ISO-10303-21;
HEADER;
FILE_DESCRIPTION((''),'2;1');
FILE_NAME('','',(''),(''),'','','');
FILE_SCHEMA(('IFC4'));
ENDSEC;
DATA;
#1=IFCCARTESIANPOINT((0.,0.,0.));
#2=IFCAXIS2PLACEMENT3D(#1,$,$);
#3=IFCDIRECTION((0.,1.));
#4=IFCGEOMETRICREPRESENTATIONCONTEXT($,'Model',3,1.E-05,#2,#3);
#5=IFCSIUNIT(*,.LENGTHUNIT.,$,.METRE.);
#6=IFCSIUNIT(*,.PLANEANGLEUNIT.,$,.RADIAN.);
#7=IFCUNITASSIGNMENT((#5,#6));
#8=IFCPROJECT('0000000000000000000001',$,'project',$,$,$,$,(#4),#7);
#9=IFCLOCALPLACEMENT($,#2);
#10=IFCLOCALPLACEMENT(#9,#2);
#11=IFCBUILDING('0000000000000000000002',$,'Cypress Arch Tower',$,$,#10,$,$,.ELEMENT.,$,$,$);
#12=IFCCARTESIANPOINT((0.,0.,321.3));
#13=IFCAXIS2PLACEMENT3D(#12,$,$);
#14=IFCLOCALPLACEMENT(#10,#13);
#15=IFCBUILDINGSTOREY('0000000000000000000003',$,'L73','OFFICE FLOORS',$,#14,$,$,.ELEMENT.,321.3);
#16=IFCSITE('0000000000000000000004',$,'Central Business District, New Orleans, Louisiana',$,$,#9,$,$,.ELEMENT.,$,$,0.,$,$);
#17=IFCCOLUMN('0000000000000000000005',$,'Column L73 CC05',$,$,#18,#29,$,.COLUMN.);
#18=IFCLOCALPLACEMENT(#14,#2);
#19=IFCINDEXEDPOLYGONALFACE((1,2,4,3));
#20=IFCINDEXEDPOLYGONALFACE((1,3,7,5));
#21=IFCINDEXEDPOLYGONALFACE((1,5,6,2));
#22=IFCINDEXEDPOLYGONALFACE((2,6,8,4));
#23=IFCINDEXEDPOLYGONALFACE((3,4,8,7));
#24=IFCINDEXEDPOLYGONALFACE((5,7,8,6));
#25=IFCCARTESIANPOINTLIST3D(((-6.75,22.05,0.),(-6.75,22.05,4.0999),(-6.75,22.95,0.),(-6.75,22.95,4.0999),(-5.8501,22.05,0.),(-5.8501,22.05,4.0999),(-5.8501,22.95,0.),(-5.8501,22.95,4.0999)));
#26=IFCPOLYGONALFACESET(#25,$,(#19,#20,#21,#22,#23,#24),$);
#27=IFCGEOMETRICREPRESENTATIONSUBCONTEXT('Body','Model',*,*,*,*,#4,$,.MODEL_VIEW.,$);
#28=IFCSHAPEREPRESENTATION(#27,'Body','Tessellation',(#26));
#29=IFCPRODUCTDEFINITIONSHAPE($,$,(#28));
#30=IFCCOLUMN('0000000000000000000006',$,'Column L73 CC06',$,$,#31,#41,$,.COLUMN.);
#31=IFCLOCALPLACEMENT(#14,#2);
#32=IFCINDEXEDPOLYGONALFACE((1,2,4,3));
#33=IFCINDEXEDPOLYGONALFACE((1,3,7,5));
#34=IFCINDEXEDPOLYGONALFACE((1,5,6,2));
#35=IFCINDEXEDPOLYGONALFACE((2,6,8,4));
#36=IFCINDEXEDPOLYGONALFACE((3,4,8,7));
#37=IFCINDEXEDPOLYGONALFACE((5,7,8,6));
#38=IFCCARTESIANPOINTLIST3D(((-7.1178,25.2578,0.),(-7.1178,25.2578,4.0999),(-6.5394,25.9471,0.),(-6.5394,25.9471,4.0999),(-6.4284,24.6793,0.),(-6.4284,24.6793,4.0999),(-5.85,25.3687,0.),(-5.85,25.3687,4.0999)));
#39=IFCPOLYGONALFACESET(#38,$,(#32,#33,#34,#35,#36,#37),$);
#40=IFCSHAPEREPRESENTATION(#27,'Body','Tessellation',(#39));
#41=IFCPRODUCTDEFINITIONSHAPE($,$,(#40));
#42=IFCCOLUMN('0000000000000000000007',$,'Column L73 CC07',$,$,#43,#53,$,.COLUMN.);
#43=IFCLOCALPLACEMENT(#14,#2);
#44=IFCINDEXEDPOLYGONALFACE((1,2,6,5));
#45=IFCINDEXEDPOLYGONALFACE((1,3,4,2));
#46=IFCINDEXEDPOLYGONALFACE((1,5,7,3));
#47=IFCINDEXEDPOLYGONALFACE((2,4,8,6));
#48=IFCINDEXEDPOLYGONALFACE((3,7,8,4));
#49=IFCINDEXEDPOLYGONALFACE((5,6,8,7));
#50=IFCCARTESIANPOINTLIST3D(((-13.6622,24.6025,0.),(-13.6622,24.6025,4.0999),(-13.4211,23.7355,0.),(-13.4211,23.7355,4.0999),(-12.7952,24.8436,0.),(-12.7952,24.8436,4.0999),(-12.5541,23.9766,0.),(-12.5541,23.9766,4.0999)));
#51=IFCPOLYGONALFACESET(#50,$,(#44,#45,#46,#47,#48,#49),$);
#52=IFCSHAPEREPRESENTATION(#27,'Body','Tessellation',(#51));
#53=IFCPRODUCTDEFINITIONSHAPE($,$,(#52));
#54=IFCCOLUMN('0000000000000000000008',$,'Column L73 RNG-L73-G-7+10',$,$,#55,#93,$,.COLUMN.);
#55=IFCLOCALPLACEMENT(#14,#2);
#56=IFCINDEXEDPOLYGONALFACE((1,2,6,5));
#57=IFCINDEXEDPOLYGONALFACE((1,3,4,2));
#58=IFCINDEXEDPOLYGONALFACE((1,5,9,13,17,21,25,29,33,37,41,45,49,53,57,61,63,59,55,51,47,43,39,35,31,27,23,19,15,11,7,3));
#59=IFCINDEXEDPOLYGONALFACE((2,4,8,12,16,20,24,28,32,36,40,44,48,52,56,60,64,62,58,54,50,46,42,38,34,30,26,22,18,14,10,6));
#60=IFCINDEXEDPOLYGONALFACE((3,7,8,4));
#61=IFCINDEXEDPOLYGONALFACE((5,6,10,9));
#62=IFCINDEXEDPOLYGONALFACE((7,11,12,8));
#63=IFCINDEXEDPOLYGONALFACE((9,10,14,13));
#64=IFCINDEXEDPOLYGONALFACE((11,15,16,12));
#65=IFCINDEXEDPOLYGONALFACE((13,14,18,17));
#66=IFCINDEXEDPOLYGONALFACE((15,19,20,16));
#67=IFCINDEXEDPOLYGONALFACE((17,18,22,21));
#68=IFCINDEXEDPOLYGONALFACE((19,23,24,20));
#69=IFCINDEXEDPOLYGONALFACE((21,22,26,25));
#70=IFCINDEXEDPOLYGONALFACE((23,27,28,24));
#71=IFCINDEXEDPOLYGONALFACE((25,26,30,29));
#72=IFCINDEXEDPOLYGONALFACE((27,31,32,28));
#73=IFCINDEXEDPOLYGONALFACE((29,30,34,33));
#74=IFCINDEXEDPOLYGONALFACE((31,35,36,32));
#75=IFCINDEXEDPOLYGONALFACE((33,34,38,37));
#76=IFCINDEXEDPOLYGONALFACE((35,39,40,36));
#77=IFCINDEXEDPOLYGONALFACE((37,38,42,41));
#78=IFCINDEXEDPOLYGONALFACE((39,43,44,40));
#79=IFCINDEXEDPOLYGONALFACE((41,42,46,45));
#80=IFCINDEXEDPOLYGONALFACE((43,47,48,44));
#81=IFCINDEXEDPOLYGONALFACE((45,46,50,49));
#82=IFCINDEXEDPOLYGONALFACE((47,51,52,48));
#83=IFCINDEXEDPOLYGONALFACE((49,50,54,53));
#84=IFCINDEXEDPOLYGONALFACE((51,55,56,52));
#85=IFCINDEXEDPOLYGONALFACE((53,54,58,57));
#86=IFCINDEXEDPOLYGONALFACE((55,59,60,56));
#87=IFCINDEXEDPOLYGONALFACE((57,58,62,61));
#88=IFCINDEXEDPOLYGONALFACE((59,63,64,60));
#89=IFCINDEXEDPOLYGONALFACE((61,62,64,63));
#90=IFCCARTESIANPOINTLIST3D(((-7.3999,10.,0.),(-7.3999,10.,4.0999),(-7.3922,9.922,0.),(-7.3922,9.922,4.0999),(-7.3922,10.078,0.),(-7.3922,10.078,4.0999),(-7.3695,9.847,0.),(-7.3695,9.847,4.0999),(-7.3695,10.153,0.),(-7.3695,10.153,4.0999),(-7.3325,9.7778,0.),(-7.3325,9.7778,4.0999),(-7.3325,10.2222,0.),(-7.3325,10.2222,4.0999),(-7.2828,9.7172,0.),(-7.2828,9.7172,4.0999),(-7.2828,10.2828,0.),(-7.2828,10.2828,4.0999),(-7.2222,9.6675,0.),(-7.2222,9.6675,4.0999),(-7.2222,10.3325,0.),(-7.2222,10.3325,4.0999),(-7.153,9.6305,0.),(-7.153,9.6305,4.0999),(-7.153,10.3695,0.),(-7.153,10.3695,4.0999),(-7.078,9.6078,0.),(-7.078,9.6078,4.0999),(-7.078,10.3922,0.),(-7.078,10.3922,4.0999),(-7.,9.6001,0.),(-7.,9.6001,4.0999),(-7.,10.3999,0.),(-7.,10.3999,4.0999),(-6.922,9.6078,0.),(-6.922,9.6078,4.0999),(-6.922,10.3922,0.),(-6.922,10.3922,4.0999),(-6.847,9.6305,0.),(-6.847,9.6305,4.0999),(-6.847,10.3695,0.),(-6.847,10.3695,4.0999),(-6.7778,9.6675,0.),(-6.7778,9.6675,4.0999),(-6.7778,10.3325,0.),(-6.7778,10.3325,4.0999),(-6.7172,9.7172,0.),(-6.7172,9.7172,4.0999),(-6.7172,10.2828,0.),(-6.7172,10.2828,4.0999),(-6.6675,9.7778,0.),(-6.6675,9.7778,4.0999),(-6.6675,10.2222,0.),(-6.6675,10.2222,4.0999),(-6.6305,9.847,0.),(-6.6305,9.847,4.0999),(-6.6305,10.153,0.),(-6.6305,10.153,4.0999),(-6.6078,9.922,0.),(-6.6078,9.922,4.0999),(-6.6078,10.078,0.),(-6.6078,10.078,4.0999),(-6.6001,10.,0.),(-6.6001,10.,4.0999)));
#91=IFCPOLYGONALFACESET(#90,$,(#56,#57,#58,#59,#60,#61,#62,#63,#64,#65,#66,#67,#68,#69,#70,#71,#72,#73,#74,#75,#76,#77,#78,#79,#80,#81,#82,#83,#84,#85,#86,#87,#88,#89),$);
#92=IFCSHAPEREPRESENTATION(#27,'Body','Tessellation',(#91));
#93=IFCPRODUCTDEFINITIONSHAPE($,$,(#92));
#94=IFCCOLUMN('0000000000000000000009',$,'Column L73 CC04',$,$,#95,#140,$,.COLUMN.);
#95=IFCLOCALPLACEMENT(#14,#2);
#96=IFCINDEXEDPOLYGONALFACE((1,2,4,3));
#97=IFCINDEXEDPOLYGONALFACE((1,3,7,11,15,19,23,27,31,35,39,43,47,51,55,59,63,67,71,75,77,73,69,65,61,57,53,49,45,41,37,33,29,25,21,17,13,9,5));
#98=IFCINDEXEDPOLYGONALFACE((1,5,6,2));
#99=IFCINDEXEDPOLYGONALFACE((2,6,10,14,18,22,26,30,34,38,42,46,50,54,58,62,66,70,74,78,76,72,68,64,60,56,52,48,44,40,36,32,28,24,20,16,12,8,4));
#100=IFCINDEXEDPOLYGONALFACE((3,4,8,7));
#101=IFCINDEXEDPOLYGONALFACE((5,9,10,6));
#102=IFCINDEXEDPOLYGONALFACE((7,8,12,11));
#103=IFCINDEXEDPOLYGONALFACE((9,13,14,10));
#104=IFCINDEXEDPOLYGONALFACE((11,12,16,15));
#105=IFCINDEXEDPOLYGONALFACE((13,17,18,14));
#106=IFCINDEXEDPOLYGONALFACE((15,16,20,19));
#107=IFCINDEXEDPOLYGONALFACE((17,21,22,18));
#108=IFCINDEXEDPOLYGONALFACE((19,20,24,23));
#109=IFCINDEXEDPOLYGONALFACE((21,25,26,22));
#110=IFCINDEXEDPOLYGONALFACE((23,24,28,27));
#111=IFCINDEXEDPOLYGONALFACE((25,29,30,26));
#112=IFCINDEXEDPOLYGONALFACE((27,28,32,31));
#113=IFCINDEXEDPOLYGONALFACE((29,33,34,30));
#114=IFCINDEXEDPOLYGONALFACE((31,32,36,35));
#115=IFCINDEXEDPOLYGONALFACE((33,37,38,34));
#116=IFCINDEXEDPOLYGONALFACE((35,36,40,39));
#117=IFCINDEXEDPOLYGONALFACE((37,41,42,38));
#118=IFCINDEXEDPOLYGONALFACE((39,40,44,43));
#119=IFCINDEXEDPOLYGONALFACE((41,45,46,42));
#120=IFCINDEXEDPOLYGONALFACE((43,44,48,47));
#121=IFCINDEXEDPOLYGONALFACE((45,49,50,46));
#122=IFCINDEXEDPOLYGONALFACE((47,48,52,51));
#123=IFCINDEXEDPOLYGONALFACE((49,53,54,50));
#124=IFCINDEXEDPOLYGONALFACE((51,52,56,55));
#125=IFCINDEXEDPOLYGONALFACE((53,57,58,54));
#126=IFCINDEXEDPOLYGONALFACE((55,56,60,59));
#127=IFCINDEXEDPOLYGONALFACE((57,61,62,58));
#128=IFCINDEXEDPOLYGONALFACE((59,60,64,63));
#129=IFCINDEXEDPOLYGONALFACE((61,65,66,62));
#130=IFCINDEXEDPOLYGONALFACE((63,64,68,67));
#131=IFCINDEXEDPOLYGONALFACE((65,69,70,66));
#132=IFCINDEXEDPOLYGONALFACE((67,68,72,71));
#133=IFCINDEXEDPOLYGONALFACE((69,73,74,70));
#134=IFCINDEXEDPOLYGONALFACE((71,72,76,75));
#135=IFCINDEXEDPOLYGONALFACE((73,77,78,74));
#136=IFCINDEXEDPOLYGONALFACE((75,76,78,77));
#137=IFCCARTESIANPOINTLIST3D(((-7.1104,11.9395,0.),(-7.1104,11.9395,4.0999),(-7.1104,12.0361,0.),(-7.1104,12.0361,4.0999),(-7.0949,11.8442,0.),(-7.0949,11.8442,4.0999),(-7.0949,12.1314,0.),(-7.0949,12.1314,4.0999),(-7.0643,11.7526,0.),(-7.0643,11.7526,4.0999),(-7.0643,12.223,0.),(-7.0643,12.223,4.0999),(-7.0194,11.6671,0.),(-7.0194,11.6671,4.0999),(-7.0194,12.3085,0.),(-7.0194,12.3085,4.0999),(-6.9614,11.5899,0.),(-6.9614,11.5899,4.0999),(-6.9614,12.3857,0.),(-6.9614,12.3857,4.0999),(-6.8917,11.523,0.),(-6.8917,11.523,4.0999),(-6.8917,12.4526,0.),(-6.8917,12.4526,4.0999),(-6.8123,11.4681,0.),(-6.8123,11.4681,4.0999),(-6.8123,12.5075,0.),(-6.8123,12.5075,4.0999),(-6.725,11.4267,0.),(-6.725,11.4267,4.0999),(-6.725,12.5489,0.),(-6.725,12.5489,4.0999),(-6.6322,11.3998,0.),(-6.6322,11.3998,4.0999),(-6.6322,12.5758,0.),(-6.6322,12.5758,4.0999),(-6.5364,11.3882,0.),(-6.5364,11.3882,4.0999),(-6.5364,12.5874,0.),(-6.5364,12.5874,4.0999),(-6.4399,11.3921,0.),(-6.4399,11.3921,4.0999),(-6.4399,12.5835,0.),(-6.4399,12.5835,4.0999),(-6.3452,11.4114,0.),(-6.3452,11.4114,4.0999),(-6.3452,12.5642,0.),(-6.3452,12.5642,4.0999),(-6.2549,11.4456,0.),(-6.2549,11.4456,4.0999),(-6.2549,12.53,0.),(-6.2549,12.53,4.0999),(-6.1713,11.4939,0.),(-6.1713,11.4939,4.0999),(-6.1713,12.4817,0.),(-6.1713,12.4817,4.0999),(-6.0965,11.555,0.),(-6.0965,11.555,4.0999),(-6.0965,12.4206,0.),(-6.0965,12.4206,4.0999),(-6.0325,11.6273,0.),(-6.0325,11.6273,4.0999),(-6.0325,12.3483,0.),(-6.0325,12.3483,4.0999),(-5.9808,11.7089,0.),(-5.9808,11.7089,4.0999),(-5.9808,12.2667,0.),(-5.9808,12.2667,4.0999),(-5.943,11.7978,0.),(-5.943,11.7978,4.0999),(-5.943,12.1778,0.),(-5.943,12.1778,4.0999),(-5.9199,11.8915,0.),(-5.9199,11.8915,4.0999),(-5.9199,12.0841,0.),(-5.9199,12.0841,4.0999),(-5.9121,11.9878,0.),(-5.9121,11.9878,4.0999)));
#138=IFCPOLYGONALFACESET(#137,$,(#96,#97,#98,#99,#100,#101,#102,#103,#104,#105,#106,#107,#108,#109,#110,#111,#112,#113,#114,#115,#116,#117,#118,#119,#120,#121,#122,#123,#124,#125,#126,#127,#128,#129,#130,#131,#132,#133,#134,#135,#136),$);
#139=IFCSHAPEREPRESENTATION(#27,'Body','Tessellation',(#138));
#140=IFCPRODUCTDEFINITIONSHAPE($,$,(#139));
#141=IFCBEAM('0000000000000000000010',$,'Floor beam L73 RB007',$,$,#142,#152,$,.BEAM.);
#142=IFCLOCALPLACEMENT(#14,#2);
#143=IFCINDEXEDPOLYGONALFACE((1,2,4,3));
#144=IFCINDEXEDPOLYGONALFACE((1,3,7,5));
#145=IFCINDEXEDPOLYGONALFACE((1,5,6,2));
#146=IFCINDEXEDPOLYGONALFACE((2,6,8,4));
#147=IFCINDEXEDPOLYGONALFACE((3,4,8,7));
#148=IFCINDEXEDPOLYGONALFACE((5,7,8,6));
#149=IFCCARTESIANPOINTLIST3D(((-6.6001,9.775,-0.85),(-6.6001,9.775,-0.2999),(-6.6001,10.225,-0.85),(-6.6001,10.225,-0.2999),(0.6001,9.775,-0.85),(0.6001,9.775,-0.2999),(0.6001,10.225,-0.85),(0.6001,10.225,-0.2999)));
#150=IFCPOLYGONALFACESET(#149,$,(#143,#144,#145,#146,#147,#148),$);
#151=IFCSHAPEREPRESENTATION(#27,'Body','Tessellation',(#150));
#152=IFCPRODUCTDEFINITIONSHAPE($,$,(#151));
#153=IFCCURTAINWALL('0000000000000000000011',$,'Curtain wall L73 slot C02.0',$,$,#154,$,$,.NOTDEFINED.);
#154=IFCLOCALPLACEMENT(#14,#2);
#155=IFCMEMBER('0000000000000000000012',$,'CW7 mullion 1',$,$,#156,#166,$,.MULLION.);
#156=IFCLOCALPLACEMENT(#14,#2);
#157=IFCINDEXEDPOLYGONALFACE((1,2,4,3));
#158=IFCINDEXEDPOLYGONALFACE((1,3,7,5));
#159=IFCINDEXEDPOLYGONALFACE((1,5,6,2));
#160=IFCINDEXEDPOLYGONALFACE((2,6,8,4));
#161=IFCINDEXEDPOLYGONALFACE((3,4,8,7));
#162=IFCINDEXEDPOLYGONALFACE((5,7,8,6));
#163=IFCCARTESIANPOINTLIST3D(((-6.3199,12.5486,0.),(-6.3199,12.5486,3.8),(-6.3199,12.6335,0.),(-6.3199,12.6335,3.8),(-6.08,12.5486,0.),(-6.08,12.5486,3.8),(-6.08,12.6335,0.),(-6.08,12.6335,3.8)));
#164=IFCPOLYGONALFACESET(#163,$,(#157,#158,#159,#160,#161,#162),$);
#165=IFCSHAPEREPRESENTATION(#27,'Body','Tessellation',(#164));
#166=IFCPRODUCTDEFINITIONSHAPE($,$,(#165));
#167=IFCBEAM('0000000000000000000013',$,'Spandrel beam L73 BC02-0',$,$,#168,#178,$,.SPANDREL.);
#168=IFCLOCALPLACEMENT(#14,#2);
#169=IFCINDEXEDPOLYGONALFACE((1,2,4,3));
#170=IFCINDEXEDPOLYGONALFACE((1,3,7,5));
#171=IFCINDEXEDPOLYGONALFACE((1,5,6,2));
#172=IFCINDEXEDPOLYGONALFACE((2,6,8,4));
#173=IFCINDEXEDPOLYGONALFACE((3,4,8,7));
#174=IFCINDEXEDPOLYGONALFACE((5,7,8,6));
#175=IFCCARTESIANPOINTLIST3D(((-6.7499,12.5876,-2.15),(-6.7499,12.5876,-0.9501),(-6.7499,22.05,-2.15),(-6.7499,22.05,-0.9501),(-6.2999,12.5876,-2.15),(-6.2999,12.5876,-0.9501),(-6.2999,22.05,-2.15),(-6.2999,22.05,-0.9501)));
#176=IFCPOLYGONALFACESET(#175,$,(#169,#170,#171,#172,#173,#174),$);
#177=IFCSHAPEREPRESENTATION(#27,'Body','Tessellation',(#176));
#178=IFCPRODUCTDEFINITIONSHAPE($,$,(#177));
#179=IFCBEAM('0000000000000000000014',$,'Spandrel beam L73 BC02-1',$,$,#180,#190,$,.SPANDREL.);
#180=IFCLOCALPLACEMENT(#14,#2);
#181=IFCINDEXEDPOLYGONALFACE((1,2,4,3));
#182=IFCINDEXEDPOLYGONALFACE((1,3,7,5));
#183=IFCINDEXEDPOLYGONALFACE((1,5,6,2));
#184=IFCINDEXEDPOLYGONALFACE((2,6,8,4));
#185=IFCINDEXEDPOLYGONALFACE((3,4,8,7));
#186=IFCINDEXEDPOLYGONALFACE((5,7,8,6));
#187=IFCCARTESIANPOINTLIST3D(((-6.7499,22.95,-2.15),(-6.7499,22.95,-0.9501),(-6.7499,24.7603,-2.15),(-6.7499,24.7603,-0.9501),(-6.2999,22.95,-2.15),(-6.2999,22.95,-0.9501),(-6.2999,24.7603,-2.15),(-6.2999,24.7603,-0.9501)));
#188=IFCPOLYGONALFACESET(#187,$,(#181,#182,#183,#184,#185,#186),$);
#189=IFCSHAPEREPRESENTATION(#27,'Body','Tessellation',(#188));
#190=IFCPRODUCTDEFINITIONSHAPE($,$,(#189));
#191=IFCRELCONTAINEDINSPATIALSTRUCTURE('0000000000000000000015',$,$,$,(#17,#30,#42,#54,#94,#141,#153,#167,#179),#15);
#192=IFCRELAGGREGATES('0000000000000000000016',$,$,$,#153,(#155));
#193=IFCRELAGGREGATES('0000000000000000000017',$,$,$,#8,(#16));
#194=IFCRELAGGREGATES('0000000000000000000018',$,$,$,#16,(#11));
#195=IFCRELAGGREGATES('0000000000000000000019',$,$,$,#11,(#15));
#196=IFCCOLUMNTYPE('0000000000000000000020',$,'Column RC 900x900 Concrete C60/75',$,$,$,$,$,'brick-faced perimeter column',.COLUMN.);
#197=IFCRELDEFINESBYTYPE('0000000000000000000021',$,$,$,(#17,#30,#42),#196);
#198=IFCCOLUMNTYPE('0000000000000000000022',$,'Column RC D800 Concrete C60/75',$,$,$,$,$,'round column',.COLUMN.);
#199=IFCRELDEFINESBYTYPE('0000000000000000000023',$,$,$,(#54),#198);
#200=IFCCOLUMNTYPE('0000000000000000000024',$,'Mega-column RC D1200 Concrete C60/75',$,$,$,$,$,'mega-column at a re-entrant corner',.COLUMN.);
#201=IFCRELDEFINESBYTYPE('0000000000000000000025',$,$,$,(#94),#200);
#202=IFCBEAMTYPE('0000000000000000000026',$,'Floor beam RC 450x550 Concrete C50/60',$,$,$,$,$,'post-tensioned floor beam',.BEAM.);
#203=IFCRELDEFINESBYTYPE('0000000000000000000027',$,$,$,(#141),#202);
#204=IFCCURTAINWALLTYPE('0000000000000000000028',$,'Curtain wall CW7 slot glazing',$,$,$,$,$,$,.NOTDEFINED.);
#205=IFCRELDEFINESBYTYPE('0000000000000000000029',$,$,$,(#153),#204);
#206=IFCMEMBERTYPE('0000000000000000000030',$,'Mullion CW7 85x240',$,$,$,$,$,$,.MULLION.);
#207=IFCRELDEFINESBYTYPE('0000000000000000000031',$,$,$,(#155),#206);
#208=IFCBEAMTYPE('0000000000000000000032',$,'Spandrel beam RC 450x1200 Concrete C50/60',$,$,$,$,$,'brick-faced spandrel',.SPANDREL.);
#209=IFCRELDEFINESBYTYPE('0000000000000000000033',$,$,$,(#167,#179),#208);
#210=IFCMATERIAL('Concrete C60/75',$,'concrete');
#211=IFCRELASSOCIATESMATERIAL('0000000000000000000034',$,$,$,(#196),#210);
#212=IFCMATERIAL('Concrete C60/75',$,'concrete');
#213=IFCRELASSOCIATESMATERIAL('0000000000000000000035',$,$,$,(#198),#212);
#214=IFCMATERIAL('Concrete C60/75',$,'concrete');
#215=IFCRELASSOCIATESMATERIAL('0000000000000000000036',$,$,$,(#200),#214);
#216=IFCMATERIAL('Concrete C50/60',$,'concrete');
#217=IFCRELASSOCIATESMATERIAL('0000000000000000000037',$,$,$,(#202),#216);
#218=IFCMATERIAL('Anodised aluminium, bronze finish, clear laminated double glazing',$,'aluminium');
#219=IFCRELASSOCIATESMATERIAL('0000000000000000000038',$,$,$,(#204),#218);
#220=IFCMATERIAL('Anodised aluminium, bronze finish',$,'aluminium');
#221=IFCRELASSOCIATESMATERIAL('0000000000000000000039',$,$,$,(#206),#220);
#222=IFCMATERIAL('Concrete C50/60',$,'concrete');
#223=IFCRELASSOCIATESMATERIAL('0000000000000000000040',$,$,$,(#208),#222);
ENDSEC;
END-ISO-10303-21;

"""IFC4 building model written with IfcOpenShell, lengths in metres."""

from ifc_helpers import new_model, si_unit, direction, frame, origin, origin_2d, place, context, subcontext, project, spatial, rectangle, circle, extrude, material, material_profile, profile_set, type_object, element, aggregate, save


model = new_model("IFC4")

# Units and contexts
model_context = context("Model", 3, precision=1e-05, world=origin(), true_north=direction((0.0, 1.0)))
body_context = subcontext(model_context, "Body", "Model", "MODEL_VIEW")
ifc_project = project(units=[si_unit("LENGTHUNIT", "METRE"), si_unit("PLANEANGLEUNIT", "RADIAN")], contexts=[model_context])

# Site, building, storey
site_placement = place(None, origin())
site = spatial("IfcSite", under=ifc_project, at=site_placement, Name="Central Business District, New Orleans, Louisiana", CompositionType="ELEMENT", RefElevation=0.0)
building_placement = place(site_placement, origin())
building = spatial("IfcBuilding", under=site, at=building_placement, Name="Cypress Arch Tower", CompositionType="ELEMENT")
storey_placement = place(building_placement, frame((0.0, 0.0, 321.3)))
storey = spatial("IfcBuildingStorey", under=building, at=storey_placement, Name="L73", Description="OFFICE FLOORS", CompositionType="ELEMENT", Elevation=321.3)

# Columns
ifc_material_1 = material(Name="Concrete C60/75", Category="concrete")
ifc_material_profile_1 = material_profile(ifc_material_1, rectangle(XDim=0.8999, YDim=0.8999, at=origin_2d()), Name="RC 900x900")
ifc_profile_set_1 = profile_set([ifc_material_profile_1], Name="Concrete C60/75")
column_type_1 = type_object("IfcColumnType", Name="Column RC 900x900 Concrete C60/75", ElementType="brick-faced perimeter column", PredefinedType="COLUMN", material=ifc_profile_set_1)
for number, where, z_axis, x_axis, name in (
    (1, (-6.3, 22.5, 0.0), (0.0, 0.0, 1.0), (0.0, 1.0, 0.0), "Column L73 CC05"),
    (2, (-6.4839, 25.3132, 0.0), (0.0, 0.0, 1.0), (-0.766064, 0.642765, 0.0), "Column L73 CC06"),
    (3, (-13.1082, 24.2896, 0.0), (0.0, 0.0, 1.0), (-0.963456, -0.267868, 0.0), "Column L73 CC07"),
):
    element("IfcColumn", number, at=place(storey_placement, frame(where, z_axis=z_axis, x_axis=x_axis)), inside=storey, type_object=column_type_1, Name=name, PredefinedType="COLUMN", context=body_context, shape_type="SweptSolid", body=[
        extrude(rectangle(XDim=0.8999, YDim=0.8999, at=origin_2d()), origin(), (0.0, 0.0, 1.0), 4.0999),
    ])
ifc_material_2 = material(Name="Concrete C60/75", Category="concrete")
ifc_material_profile_2 = material_profile(ifc_material_2, circle(Radius=0.3999, at=origin_2d()), Name="RC D800")
ifc_profile_set_2 = profile_set([ifc_material_profile_2], Name="Concrete C60/75")
column_type_2 = type_object("IfcColumnType", Name="Column RC D800 Concrete C60/75", ElementType="round column", PredefinedType="COLUMN", material=ifc_profile_set_2)
column_1_placement = place(storey_placement, frame((-7.0, 10.0, 0.0), z_axis=(0.0, 0.0, 1.0), x_axis=(1.0, 0.0, 0.0)))
element("IfcColumn", 4, at=column_1_placement, inside=storey, type_object=column_type_2, Name="Column L73 RNG-L73-G-7+10", PredefinedType="COLUMN", context=body_context, shape_type="SweptSolid", body=[
    extrude(circle(Radius=0.3999, at=origin_2d()), origin(), (0.0, 0.0, 1.0), 4.0999),
])
ifc_material_3 = material(Name="Concrete C60/75", Category="concrete")
ifc_material_profile_3 = material_profile(ifc_material_3, circle(Radius=0.6001, at=origin_2d()), Name="RC D1200")
ifc_profile_set_3 = profile_set([ifc_material_profile_3], Name="Concrete C60/75")
column_type_3 = type_object("IfcColumnType", Name="Mega-column RC D1200 Concrete C60/75", ElementType="mega-column at a re-entrant corner", PredefinedType="COLUMN", material=ifc_profile_set_3)
column_2_placement = place(storey_placement, frame((-6.5122, 11.9878, 0.0), z_axis=(0.0, 0.0, 1.0), x_axis=(1.0, 0.0, 0.0)))
element("IfcColumn", 5, at=column_2_placement, inside=storey, type_object=column_type_3, Name="Column L73 CC04", PredefinedType="COLUMN", context=body_context, shape_type="SweptSolid", body=[
    extrude(circle(Radius=0.6001, at=origin_2d()), origin(), (0.0, 0.0, 1.0), 4.0999),
])

# Beam
ifc_material_4 = material(Name="Concrete C50/60", Category="concrete")
ifc_material_profile_4 = material_profile(ifc_material_4, rectangle(XDim=0.45, YDim=0.55, at=origin_2d()), Name="RC 450x550")
ifc_profile_set_4 = profile_set([ifc_material_profile_4], Name="Concrete C50/60")
beam_type_1 = type_object("IfcBeamType", Name="Floor beam RC 450x550 Concrete C50/60", ElementType="post-tensioned floor beam", PredefinedType="BEAM", material=ifc_profile_set_4)
beam_1_placement = place(storey_placement, frame((-6.6001, 10.0, -0.575), z_axis=(1.0, 0.0, 0.0), x_axis=(0.0, 1.0, 0.0)))
element("IfcBeam", 6, at=beam_1_placement, inside=storey, type_object=beam_type_1, Name="Floor beam L73 RB007", PredefinedType="BEAM", context=body_context, shape_type="SweptSolid", body=[
    extrude(rectangle(XDim=0.45, YDim=0.55, at=origin_2d()), origin(), (0.0, 0.0, 1.0), 7.2002),
])

# Curtain wall, member
ifc_material_5 = material(Name="Anodised aluminium, bronze finish, clear laminated double glazing", Category="aluminium")
curtain_wall_type = type_object("IfcCurtainWallType", Name="Curtain wall CW7 slot glazing", PredefinedType="NOTDEFINED", material=ifc_material_5)
curtain_wall_placement = place(storey_placement, origin())
curtain_wall = element("IfcCurtainWall", 7, at=curtain_wall_placement, inside=storey, type_object=curtain_wall_type, Name="Curtain wall L73 slot C02.0", PredefinedType="NOTDEFINED")
ifc_material_6 = material(Name="Anodised aluminium, bronze finish", Category="aluminium")
ifc_material_profile_5 = material_profile(ifc_material_6, rectangle(XDim=0.24, YDim=0.085, at=origin_2d()), Name="Mullion 85x240")
ifc_profile_set_5 = profile_set([ifc_material_profile_5], Name="Anodised aluminium, bronze finish")
member_type_1 = type_object("IfcMemberType", Name="Mullion CW7 85x240", PredefinedType="MULLION", material=ifc_profile_set_5)
member_1_placement = place(storey_placement, frame((-6.2, 12.5911, 0.0), z_axis=(0.0, 0.0, 1.0), x_axis=(-1.0, 0.0, 0.0)))
member_1 = element("IfcMember", 8, at=member_1_placement, type_object=member_type_1, Name="CW7 mullion 1", PredefinedType="MULLION", context=body_context, shape_type="SweptSolid", body=[
    extrude(rectangle(XDim=0.24, YDim=0.085, at=origin_2d()), origin(), (0.0, 0.0, 1.0), 3.8),
])

# Beams
ifc_material_7 = material(Name="Concrete C50/60", Category="concrete")
ifc_material_profile_6 = material_profile(ifc_material_7, rectangle(XDim=0.45, YDim=1.2, at=origin_2d()), Name="RC 450x1200")
ifc_profile_set_6 = profile_set([ifc_material_profile_6], Name="Concrete C50/60")
beam_type_2 = type_object("IfcBeamType", Name="Spandrel beam RC 450x1200 Concrete C50/60", ElementType="brick-faced spandrel", PredefinedType="SPANDREL", material=ifc_profile_set_6)
beam_2_placement = place(storey_placement, frame((-6.5249, 12.5876, -1.55), z_axis=(0.0, 1.0, 0.0), x_axis=(-1.0, 0.0, 0.0)))
element("IfcBeam", 9, at=beam_2_placement, inside=storey, type_object=beam_type_2, Name="Spandrel beam L73 BC02-0", PredefinedType="SPANDREL", context=body_context, shape_type="SweptSolid", body=[
    extrude(rectangle(XDim=0.45, YDim=1.2, at=origin_2d()), origin(), (0.0, 0.0, 1.0), 9.4624),
])
beam_3_placement = place(storey_placement, frame((-6.5249, 22.95, -1.55), z_axis=(0.0, 1.0, 0.0), x_axis=(-1.0, 0.0, 0.0)))
element("IfcBeam", 10, at=beam_3_placement, inside=storey, type_object=beam_type_2, Name="Spandrel beam L73 BC02-1", PredefinedType="SPANDREL", context=body_context, shape_type="SweptSolid", body=[
    extrude(rectangle(XDim=0.45, YDim=1.2, at=origin_2d()), origin(), (0.0, 0.0, 1.0), 1.8103),
])

aggregate(curtain_wall, [member_1])

save(model, "model.ifc")
